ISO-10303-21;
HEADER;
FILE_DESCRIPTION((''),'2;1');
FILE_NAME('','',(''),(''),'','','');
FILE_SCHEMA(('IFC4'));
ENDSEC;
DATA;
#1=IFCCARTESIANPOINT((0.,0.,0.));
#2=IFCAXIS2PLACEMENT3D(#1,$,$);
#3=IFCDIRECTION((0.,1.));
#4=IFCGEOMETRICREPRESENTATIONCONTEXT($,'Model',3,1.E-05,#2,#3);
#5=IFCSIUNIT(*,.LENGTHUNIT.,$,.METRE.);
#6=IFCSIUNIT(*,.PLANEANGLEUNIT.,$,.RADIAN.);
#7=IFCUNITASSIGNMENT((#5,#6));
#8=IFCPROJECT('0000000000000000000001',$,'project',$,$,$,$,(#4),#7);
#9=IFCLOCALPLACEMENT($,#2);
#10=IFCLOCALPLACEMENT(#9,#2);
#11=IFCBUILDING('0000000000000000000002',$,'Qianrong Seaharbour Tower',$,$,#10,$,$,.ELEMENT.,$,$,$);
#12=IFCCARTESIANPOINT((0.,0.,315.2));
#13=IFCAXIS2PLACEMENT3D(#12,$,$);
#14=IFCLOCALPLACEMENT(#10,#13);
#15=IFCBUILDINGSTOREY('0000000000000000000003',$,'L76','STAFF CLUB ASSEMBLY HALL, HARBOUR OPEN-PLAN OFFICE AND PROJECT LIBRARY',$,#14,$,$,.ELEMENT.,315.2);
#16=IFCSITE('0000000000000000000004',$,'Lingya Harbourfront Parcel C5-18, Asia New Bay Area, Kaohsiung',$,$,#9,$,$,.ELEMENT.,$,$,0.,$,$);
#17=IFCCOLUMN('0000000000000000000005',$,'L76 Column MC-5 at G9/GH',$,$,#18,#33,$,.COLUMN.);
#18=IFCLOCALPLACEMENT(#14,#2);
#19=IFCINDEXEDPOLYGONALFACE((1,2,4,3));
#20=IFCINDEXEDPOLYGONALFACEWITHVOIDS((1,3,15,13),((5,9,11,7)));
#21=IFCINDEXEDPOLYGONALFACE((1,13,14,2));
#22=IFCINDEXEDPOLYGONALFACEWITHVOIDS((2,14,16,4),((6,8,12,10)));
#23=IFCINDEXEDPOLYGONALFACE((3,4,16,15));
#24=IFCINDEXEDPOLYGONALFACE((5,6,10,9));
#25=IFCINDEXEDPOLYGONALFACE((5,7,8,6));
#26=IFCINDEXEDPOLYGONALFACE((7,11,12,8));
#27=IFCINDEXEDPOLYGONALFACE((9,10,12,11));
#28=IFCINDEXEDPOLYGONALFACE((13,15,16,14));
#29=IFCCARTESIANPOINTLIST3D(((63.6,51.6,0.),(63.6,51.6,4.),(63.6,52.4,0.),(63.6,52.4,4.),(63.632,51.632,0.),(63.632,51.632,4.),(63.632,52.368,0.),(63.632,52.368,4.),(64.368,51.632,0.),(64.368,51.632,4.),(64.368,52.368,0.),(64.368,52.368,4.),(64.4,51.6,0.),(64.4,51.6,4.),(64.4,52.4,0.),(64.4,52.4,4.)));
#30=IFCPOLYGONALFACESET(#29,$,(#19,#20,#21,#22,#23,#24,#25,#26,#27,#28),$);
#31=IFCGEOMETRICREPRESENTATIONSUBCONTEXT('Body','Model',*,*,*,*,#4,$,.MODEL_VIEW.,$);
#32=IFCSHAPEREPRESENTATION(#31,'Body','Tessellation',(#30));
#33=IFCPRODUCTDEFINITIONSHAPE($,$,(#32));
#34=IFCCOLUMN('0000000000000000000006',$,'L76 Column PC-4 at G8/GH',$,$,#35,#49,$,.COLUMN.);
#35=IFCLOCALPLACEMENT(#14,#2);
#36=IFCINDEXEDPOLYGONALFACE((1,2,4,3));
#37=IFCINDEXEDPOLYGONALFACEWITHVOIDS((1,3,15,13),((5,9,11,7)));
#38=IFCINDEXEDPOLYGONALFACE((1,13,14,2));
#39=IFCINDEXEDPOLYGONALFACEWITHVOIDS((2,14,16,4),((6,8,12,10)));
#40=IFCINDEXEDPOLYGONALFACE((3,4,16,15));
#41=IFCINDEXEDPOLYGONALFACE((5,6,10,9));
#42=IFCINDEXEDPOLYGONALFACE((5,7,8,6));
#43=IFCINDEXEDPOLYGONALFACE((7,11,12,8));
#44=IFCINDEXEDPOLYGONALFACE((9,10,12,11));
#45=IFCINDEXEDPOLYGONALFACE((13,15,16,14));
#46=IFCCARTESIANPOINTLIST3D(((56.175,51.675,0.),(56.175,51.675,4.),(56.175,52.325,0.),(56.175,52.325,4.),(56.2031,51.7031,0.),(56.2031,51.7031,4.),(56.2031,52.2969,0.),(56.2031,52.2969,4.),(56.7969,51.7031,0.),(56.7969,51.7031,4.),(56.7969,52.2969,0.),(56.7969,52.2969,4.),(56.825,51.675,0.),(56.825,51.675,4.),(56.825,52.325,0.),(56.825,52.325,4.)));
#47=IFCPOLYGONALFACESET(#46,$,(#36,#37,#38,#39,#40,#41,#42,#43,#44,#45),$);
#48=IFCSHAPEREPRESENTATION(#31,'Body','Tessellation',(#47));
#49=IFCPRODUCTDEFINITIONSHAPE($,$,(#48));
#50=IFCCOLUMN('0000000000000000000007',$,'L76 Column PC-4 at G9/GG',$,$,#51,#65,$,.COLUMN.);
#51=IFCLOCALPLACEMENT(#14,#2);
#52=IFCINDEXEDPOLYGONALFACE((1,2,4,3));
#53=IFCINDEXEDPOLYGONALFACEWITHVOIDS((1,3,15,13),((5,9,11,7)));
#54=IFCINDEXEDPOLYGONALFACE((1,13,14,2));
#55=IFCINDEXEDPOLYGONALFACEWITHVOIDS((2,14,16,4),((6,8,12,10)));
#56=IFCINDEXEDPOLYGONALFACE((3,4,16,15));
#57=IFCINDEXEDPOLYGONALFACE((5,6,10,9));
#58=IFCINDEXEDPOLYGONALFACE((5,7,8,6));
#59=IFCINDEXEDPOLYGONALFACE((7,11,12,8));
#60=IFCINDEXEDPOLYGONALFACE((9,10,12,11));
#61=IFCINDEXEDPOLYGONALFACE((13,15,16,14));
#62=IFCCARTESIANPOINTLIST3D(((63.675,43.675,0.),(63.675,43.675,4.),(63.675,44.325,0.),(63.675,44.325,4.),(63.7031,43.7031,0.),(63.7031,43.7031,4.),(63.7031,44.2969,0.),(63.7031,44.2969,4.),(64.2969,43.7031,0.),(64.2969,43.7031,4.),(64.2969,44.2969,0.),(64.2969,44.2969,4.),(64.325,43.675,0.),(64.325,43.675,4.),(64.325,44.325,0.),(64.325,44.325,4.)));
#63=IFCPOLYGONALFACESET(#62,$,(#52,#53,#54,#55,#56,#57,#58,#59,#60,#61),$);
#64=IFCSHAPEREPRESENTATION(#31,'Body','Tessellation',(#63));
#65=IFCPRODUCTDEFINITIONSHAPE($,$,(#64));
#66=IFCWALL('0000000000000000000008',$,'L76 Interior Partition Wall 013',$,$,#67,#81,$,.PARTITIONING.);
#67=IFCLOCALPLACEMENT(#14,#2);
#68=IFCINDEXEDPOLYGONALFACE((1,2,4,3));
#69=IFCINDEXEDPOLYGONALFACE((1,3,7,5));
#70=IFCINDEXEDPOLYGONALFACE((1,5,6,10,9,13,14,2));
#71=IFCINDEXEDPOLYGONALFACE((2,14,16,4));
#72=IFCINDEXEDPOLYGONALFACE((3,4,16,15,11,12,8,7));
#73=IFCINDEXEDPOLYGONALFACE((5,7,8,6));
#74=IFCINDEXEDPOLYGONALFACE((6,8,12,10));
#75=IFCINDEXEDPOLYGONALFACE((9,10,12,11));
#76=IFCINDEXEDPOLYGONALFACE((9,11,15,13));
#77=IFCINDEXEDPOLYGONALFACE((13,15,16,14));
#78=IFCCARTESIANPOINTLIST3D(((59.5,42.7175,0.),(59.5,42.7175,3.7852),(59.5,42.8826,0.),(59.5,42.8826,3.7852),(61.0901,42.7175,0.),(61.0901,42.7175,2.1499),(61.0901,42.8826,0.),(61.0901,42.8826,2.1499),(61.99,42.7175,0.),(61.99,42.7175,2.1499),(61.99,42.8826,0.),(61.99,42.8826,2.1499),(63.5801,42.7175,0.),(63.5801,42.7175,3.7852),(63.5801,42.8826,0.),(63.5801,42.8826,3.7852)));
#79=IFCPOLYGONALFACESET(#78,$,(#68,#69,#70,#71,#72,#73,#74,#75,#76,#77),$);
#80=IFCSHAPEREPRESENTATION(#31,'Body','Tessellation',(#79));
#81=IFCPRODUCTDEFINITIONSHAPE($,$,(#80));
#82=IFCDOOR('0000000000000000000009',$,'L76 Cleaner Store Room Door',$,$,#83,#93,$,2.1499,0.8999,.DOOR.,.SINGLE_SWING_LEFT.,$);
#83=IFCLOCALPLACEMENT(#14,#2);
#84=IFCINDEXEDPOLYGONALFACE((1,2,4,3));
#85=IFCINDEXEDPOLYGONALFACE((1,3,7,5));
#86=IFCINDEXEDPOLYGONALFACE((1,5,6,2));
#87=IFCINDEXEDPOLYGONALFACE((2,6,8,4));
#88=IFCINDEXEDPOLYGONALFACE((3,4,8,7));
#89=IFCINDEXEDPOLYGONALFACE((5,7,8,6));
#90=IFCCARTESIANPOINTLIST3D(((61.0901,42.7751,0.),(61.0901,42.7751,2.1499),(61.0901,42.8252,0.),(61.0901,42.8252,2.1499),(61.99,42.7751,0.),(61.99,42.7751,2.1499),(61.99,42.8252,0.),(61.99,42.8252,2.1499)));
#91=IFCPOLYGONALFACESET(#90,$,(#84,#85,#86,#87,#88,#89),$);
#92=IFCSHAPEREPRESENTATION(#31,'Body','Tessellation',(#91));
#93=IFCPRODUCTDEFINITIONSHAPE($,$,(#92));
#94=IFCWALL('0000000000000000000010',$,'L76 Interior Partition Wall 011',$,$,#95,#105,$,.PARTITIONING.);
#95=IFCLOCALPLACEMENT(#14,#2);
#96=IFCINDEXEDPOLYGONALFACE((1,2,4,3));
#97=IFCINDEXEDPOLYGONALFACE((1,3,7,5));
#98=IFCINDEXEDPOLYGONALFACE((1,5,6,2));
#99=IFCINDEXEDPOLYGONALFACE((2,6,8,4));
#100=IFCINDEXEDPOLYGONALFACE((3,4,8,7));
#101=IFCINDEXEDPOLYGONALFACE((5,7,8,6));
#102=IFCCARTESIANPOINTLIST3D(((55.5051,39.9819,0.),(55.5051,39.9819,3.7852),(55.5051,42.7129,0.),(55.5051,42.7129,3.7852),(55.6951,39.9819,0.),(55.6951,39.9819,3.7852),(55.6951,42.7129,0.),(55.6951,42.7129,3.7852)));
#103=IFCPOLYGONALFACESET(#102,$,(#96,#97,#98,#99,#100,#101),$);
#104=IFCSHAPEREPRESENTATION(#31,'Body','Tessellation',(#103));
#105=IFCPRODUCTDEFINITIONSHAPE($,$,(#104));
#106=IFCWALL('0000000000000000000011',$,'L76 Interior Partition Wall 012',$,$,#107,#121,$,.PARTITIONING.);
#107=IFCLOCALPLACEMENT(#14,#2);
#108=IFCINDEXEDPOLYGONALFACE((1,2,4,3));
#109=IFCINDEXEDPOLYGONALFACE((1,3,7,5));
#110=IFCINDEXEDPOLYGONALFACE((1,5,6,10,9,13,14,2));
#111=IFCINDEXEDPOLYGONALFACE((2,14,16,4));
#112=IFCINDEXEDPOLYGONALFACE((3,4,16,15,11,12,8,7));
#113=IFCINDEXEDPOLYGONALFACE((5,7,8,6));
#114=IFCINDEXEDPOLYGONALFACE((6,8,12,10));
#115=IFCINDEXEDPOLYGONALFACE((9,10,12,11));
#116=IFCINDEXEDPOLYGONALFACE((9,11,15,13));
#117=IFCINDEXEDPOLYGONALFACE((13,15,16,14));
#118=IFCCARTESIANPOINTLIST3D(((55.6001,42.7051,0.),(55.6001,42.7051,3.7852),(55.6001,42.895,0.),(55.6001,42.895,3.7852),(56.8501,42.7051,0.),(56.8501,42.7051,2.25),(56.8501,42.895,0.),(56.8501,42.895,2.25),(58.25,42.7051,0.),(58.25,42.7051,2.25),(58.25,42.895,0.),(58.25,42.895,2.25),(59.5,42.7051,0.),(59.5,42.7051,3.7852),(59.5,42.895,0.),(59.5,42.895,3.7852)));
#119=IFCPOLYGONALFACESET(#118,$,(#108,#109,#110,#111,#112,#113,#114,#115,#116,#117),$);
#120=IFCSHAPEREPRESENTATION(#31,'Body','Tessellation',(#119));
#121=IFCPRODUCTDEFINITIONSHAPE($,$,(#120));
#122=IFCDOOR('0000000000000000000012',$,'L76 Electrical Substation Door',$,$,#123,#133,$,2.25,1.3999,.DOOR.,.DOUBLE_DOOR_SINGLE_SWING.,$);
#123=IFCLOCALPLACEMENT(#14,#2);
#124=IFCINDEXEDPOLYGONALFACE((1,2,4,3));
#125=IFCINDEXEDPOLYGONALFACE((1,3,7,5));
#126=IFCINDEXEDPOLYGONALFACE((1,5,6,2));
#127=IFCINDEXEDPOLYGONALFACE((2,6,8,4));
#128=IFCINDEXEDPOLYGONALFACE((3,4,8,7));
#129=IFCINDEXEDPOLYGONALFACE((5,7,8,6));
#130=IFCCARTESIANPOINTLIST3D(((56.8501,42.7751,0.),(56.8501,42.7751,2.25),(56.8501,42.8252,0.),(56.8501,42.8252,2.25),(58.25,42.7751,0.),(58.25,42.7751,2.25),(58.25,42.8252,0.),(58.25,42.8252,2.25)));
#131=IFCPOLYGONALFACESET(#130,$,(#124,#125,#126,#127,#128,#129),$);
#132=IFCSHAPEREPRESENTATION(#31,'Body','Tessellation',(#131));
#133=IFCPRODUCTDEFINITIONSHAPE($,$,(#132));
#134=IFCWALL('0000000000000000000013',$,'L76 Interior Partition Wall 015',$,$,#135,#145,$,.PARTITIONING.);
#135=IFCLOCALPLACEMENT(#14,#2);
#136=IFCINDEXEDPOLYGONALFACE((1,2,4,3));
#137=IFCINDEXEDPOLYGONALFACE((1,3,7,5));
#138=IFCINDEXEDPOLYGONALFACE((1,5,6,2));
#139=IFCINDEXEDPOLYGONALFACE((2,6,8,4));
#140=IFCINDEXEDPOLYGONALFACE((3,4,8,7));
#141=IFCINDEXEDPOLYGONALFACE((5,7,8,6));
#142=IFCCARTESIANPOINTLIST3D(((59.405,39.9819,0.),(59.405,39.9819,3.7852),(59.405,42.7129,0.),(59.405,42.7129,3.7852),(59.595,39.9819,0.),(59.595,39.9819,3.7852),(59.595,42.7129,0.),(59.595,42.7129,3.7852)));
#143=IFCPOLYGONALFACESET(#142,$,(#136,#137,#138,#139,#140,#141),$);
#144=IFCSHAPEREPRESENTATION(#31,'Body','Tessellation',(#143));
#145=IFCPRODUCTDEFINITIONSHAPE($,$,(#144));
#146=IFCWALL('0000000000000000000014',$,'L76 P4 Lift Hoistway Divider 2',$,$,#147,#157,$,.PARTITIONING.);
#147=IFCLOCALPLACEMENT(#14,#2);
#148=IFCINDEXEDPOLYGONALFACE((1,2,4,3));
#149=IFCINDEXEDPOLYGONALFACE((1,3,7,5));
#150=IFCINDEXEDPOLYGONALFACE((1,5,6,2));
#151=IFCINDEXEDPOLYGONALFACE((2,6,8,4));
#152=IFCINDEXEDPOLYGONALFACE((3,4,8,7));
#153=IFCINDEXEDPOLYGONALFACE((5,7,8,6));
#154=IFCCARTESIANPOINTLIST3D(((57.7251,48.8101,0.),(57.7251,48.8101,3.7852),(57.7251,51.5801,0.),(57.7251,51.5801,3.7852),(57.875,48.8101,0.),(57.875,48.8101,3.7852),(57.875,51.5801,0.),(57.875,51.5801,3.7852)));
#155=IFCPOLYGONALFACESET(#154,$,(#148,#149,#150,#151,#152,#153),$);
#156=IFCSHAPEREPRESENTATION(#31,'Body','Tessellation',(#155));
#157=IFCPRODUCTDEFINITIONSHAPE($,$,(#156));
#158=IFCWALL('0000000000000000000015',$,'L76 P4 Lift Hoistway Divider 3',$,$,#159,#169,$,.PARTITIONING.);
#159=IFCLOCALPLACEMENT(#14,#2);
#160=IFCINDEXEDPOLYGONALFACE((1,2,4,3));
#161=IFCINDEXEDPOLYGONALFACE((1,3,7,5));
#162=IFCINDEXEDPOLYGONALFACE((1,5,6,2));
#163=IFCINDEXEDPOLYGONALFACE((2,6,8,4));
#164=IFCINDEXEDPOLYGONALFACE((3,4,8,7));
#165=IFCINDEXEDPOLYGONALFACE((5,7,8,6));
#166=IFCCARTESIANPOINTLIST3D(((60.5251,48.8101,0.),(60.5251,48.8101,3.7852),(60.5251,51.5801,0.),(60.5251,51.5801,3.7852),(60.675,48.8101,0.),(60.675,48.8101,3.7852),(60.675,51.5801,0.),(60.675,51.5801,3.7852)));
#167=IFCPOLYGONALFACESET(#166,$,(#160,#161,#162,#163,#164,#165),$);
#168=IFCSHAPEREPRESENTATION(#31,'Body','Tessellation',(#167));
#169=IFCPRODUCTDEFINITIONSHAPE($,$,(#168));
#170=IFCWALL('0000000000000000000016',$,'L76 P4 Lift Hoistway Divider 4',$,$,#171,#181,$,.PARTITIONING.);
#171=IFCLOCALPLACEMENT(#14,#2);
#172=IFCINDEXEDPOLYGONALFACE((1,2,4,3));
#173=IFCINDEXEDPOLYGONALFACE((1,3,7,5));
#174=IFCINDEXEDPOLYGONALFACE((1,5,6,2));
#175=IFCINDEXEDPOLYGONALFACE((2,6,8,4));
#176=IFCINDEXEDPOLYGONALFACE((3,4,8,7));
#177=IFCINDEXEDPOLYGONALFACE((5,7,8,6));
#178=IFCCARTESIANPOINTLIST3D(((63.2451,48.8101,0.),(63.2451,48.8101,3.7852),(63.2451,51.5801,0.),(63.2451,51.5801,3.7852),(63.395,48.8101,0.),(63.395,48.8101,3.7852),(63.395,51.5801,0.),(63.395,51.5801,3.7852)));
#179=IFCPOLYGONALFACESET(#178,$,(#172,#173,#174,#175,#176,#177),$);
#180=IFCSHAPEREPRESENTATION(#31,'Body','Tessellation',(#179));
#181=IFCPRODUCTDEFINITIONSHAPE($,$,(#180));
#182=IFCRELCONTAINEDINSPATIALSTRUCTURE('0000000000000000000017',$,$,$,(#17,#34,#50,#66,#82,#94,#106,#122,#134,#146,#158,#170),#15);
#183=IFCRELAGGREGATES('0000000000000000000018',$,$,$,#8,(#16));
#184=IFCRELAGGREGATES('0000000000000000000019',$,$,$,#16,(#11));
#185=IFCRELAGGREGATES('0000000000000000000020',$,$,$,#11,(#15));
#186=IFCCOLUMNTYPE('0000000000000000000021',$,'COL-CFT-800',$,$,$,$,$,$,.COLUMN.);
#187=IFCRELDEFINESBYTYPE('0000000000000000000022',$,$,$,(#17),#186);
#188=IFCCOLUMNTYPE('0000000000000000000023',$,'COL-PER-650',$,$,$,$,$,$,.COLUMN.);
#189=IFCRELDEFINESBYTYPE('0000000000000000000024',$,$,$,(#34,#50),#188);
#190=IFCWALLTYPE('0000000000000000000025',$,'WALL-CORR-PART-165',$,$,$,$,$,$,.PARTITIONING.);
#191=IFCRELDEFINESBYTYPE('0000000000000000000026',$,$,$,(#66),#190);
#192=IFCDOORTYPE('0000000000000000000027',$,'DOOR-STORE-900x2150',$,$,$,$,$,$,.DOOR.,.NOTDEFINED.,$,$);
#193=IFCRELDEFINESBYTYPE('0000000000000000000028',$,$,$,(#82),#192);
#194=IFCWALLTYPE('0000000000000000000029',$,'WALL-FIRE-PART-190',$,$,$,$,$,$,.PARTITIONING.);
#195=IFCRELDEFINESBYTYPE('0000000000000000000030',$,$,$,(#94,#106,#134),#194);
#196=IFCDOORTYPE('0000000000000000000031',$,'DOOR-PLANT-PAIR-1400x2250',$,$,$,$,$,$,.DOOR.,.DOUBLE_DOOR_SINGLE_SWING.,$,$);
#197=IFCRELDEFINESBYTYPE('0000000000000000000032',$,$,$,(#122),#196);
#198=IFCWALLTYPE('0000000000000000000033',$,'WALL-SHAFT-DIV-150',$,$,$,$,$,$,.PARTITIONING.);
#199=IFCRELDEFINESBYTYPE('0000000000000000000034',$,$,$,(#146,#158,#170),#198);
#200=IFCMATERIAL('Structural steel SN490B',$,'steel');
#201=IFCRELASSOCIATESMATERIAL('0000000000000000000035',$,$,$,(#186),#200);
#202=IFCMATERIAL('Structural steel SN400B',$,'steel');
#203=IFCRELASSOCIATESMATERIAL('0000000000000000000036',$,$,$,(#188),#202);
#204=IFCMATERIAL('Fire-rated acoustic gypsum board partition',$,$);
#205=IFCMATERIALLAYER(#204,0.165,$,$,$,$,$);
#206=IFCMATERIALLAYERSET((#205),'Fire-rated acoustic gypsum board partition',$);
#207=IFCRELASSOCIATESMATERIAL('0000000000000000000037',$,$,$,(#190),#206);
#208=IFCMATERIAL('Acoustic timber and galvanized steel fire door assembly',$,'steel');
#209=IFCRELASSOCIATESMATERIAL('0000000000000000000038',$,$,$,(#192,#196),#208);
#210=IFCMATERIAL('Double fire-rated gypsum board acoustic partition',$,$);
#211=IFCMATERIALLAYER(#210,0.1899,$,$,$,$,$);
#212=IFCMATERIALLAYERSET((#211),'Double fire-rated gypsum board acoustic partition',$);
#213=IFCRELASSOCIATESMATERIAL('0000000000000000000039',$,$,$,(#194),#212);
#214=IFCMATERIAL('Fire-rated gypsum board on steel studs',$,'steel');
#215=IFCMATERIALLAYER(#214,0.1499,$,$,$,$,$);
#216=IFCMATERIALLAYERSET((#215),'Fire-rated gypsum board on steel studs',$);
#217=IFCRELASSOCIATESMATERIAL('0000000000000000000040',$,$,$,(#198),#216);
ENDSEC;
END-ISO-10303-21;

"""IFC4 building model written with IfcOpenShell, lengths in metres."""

from ifc_helpers import new_model, si_unit, direction, frame, frame_2d, origin, origin_2d, place, context, subcontext, project, spatial, rectangle, hollow_rectangle, extrude, material, layer, layer_set, material_profile, profile_set, type_object, element, fill, save


model = new_model("IFC4")

# Units and contexts
model_context = context("Model", 3, precision=1e-05, world=origin(), true_north=direction((0.0, 1.0)))
body_context = subcontext(model_context, "Body", "Model", "MODEL_VIEW")
ifc_project = project(units=[si_unit("LENGTHUNIT", "METRE"), si_unit("PLANEANGLEUNIT", "RADIAN")], contexts=[model_context])

# Site, building, storey
site_placement = place(None, origin())
site = spatial("IfcSite", under=ifc_project, at=site_placement, Name="Lingya Harbourfront Parcel C5-18, Asia New Bay Area, Kaohsiung", CompositionType="ELEMENT", RefElevation=0.0)
building_placement = place(site_placement, origin())
building = spatial("IfcBuilding", under=site, at=building_placement, Name="Qianrong Seaharbour Tower", CompositionType="ELEMENT")
storey_placement = place(building_placement, frame((0.0, 0.0, 315.2)))
storey = spatial("IfcBuildingStorey", under=building, at=storey_placement, Name="L76", Description="STAFF CLUB ASSEMBLY HALL, HARBOUR OPEN-PLAN OFFICE AND PROJECT LIBRARY", CompositionType="ELEMENT", Elevation=315.2)

# Columns
ifc_material_1 = material(Name="Structural steel SN490B", Category="steel")
ifc_material_profile_1 = material_profile(ifc_material_1, hollow_rectangle(XDim=0.8, YDim=0.8, WallThickness=0.032, at=origin_2d()), Name="BOX800x800x32")
ifc_profile_set_1 = profile_set([ifc_material_profile_1], Name="Structural steel SN490B")
column_type_1 = type_object("IfcColumnType", Name="COL-CFT-800", PredefinedType="COLUMN", material=ifc_profile_set_1)
column_placement = place(storey_placement, frame((64.0, 52.0, 0.0), z_axis=(0.0, 0.0, 1.0), x_axis=(1.0, 0.0, 0.0)))
element("IfcColumn", 1, at=column_placement, inside=storey, type_object=column_type_1, Name="L76 Column MC-5 at G9/GH", PredefinedType="COLUMN", context=body_context, shape_type="SweptSolid", body=[
    extrude(hollow_rectangle(XDim=0.8, YDim=0.8, WallThickness=0.032, at=origin_2d()), origin(), (0.0, 0.0, 1.0), 4.0),
])
ifc_material_2 = material(Name="Structural steel SN400B", Category="steel")
ifc_material_profile_2 = material_profile(ifc_material_2, hollow_rectangle(XDim=0.6499, YDim=0.6499, WallThickness=0.0281, at=origin_2d()), Name="BOX650x650x28")
ifc_profile_set_2 = profile_set([ifc_material_profile_2], Name="Structural steel SN400B")
column_type_2 = type_object("IfcColumnType", Name="COL-PER-650", PredefinedType="COLUMN", material=ifc_profile_set_2)
for number, where, z_axis, x_axis, name in (
    (2, (56.5, 52.0, 0.0), (0.0, 0.0, 1.0), (1.0, 0.0, 0.0), "L76 Column PC-4 at G8/GH"),
    (3, (64.0, 44.0, 0.0), (0.0, 0.0, 1.0), (1.0, 0.0, 0.0), "L76 Column PC-4 at G9/GG"),
):
    element("IfcColumn", number, at=place(storey_placement, frame(where, z_axis=z_axis, x_axis=x_axis)), inside=storey, type_object=column_type_2, Name=name, PredefinedType="COLUMN", context=body_context, shape_type="SweptSolid", body=[
        extrude(hollow_rectangle(XDim=0.6499, YDim=0.6499, WallThickness=0.0281, at=origin_2d()), origin(), (0.0, 0.0, 1.0), 4.0),
    ])

# Wall, opening, door
ifc_material_3 = material(Name="Fire-rated acoustic gypsum board partition")
ifc_layer_1 = layer(ifc_material_3, 0.165)
ifc_layer_set_1 = layer_set([ifc_layer_1], Name="Fire-rated acoustic gypsum board partition")
wall_type_1 = type_object("IfcWallType", Name="WALL-CORR-PART-165", PredefinedType="PARTITIONING", material=ifc_layer_set_1)
wall_1_placement = place(storey_placement, frame((63.5801, 42.8, 0.0), z_axis=(0.0, 0.0, 1.0), x_axis=(-1.0, 0.0, 0.0)))
wall_1 = element("IfcWall", 4, at=wall_1_placement, inside=storey, type_object=wall_type_1, Name="L76 Interior Partition Wall 013", PredefinedType="PARTITIONING", context=body_context, shape_type="SweptSolid", body=[
    extrude(rectangle(XDim=4.0801, YDim=0.165, at=frame_2d((2.04, 0.0))), origin(), (0.0, 0.0, 1.0), 3.7852),
])
opening_1_placement = place(wall_1_placement, frame((1.5901, 0.0, 0.0)))
opening_1 = element("IfcOpeningElement", 5, at=opening_1_placement, cuts=wall_1, PredefinedType="OPENING", context=body_context, shape_type="SweptSolid", body=[
    extrude(rectangle(XDim=0.8999, YDim=2.1499, at=frame_2d((0.45, 1.075))), frame((0.0, 0.0925, 0.0), z_axis=(0.0, -1.0, 0.0), x_axis=(1.0, 0.0, 0.0)), (0.0, 0.0, 1.0), 0.1851),
])
ifc_material_4 = material(Name="Acoustic timber and galvanized steel fire door assembly", Category="steel")
door_type_1 = type_object("IfcDoorType", Name="DOOR-STORE-900x2150", OperationType="NOTDEFINED", PredefinedType="DOOR", material=ifc_material_4)
door_1_placement = place(opening_1_placement, origin())
door_1 = element("IfcDoor", 6, at=door_1_placement, inside=storey, type_object=door_type_1, Name="L76 Cleaner Store Room Door", OperationType="SINGLE_SWING_LEFT", OverallHeight=2.1499, OverallWidth=0.8999, PredefinedType="DOOR", context=body_context, shape_type="SweptSolid", body=[
    extrude(rectangle(XDim=0.8999, YDim=2.1499, at=frame_2d((0.45, 1.075))), frame((0.0, 0.0249, 0.0), z_axis=(0.0, -1.0, 0.0), x_axis=(1.0, 0.0, 0.0)), (0.0, 0.0, 1.0), 0.05),
])
fill(opening_1, door_1)

# Wall
ifc_material_5 = material(Name="Double fire-rated gypsum board acoustic partition")
ifc_layer_2 = layer(ifc_material_5, 0.1899)
ifc_layer_set_2 = layer_set([ifc_layer_2], Name="Double fire-rated gypsum board acoustic partition")
wall_type_2 = type_object("IfcWallType", Name="WALL-FIRE-PART-190", PredefinedType="PARTITIONING", material=ifc_layer_set_2)
wall_2_placement = place(storey_placement, frame((55.6001, 42.7129, 0.0), z_axis=(0.0, 0.0, 1.0), x_axis=(0.0, -1.0, 0.0)))
element("IfcWall", 7, at=wall_2_placement, inside=storey, type_object=wall_type_2, Name="L76 Interior Partition Wall 011", PredefinedType="PARTITIONING", context=body_context, shape_type="SweptSolid", body=[
    extrude(rectangle(XDim=2.731, YDim=0.1899, at=frame_2d((1.3655, 0.0))), origin(), (0.0, 0.0, 1.0), 3.7852),
])

# Wall, opening, door
wall_3_placement = place(storey_placement, frame((59.5, 42.8, 0.0), z_axis=(0.0, 0.0, 1.0), x_axis=(-1.0, 0.0, 0.0)))
wall_3 = element("IfcWall", 8, at=wall_3_placement, inside=storey, type_object=wall_type_2, Name="L76 Interior Partition Wall 012", PredefinedType="PARTITIONING", context=body_context, shape_type="SweptSolid", body=[
    extrude(rectangle(XDim=3.8999, YDim=0.1899, at=frame_2d((1.95, 0.0))), origin(), (0.0, 0.0, 1.0), 3.7852),
])
opening_2_placement = place(wall_3_placement, frame((1.25, 0.0, 0.0)))
opening_2 = element("IfcOpeningElement", 9, at=opening_2_placement, cuts=wall_3, PredefinedType="OPENING", context=body_context, shape_type="SweptSolid", body=[
    extrude(rectangle(XDim=1.3999, YDim=2.25, at=frame_2d((0.7, 1.125))), frame((0.0, 0.105, 0.0), z_axis=(0.0, -1.0, 0.0), x_axis=(1.0, 0.0, 0.0)), (0.0, 0.0, 1.0), 0.21),
])
door_type_2 = type_object("IfcDoorType", Name="DOOR-PLANT-PAIR-1400x2250", OperationType="DOUBLE_DOOR_SINGLE_SWING", PredefinedType="DOOR", material=ifc_material_4)
door_2_placement = place(opening_2_placement, origin())
door_2 = element("IfcDoor", 10, at=door_2_placement, inside=storey, type_object=door_type_2, Name="L76 Electrical Substation Door", OperationType="DOUBLE_DOOR_SINGLE_SWING", OverallHeight=2.25, OverallWidth=1.3999, PredefinedType="DOOR", context=body_context, shape_type="SweptSolid", body=[
    extrude(rectangle(XDim=1.3999, YDim=2.25, at=frame_2d((0.7, 1.125))), frame((0.0, 0.0249, 0.0), z_axis=(0.0, -1.0, 0.0), x_axis=(1.0, 0.0, 0.0)), (0.0, 0.0, 1.0), 0.05),
])
fill(opening_2, door_2)

# Walls
wall_4_placement = place(storey_placement, frame((59.5, 42.7129, 0.0), z_axis=(0.0, 0.0, 1.0), x_axis=(0.0, -1.0, 0.0)))
element("IfcWall", 11, at=wall_4_placement, inside=storey, type_object=wall_type_2, Name="L76 Interior Partition Wall 015", PredefinedType="PARTITIONING", context=body_context, shape_type="SweptSolid", body=[
    extrude(rectangle(XDim=2.731, YDim=0.1899, at=frame_2d((1.3655, 0.0))), origin(), (0.0, 0.0, 1.0), 3.7852),
])
ifc_material_6 = material(Name="Fire-rated gypsum board on steel studs", Category="steel")
ifc_layer_3 = layer(ifc_material_6, 0.1499)
ifc_layer_set_3 = layer_set([ifc_layer_3], Name="Fire-rated gypsum board on steel studs")
wall_type_3 = type_object("IfcWallType", Name="WALL-SHAFT-DIV-150", PredefinedType="PARTITIONING", material=ifc_layer_set_3)
for number, where, z_axis, x_axis, name in (
    (12, (57.8, 48.8101, 0.0), (0.0, 0.0, 1.0), (0.0, 1.0, 0.0), "L76 P4 Lift Hoistway Divider 2"),
    (13, (60.6001, 48.8101, 0.0), (0.0, 0.0, 1.0), (0.0, 1.0, 0.0), "L76 P4 Lift Hoistway Divider 3"),
    (14, (63.3201, 48.8101, 0.0), (0.0, 0.0, 1.0), (0.0, 1.0, 0.0), "L76 P4 Lift Hoistway Divider 4"),
):
    element("IfcWall", number, at=place(storey_placement, frame(where, z_axis=z_axis, x_axis=x_axis)), inside=storey, type_object=wall_type_3, Name=name, PredefinedType="PARTITIONING", context=body_context, shape_type="SweptSolid", body=[
        extrude(rectangle(XDim=2.77, YDim=0.1499, at=frame_2d((1.385, 0.0))), origin(), (0.0, 0.0, 1.0), 3.7852),
    ])

save(model, "model.ifc")
